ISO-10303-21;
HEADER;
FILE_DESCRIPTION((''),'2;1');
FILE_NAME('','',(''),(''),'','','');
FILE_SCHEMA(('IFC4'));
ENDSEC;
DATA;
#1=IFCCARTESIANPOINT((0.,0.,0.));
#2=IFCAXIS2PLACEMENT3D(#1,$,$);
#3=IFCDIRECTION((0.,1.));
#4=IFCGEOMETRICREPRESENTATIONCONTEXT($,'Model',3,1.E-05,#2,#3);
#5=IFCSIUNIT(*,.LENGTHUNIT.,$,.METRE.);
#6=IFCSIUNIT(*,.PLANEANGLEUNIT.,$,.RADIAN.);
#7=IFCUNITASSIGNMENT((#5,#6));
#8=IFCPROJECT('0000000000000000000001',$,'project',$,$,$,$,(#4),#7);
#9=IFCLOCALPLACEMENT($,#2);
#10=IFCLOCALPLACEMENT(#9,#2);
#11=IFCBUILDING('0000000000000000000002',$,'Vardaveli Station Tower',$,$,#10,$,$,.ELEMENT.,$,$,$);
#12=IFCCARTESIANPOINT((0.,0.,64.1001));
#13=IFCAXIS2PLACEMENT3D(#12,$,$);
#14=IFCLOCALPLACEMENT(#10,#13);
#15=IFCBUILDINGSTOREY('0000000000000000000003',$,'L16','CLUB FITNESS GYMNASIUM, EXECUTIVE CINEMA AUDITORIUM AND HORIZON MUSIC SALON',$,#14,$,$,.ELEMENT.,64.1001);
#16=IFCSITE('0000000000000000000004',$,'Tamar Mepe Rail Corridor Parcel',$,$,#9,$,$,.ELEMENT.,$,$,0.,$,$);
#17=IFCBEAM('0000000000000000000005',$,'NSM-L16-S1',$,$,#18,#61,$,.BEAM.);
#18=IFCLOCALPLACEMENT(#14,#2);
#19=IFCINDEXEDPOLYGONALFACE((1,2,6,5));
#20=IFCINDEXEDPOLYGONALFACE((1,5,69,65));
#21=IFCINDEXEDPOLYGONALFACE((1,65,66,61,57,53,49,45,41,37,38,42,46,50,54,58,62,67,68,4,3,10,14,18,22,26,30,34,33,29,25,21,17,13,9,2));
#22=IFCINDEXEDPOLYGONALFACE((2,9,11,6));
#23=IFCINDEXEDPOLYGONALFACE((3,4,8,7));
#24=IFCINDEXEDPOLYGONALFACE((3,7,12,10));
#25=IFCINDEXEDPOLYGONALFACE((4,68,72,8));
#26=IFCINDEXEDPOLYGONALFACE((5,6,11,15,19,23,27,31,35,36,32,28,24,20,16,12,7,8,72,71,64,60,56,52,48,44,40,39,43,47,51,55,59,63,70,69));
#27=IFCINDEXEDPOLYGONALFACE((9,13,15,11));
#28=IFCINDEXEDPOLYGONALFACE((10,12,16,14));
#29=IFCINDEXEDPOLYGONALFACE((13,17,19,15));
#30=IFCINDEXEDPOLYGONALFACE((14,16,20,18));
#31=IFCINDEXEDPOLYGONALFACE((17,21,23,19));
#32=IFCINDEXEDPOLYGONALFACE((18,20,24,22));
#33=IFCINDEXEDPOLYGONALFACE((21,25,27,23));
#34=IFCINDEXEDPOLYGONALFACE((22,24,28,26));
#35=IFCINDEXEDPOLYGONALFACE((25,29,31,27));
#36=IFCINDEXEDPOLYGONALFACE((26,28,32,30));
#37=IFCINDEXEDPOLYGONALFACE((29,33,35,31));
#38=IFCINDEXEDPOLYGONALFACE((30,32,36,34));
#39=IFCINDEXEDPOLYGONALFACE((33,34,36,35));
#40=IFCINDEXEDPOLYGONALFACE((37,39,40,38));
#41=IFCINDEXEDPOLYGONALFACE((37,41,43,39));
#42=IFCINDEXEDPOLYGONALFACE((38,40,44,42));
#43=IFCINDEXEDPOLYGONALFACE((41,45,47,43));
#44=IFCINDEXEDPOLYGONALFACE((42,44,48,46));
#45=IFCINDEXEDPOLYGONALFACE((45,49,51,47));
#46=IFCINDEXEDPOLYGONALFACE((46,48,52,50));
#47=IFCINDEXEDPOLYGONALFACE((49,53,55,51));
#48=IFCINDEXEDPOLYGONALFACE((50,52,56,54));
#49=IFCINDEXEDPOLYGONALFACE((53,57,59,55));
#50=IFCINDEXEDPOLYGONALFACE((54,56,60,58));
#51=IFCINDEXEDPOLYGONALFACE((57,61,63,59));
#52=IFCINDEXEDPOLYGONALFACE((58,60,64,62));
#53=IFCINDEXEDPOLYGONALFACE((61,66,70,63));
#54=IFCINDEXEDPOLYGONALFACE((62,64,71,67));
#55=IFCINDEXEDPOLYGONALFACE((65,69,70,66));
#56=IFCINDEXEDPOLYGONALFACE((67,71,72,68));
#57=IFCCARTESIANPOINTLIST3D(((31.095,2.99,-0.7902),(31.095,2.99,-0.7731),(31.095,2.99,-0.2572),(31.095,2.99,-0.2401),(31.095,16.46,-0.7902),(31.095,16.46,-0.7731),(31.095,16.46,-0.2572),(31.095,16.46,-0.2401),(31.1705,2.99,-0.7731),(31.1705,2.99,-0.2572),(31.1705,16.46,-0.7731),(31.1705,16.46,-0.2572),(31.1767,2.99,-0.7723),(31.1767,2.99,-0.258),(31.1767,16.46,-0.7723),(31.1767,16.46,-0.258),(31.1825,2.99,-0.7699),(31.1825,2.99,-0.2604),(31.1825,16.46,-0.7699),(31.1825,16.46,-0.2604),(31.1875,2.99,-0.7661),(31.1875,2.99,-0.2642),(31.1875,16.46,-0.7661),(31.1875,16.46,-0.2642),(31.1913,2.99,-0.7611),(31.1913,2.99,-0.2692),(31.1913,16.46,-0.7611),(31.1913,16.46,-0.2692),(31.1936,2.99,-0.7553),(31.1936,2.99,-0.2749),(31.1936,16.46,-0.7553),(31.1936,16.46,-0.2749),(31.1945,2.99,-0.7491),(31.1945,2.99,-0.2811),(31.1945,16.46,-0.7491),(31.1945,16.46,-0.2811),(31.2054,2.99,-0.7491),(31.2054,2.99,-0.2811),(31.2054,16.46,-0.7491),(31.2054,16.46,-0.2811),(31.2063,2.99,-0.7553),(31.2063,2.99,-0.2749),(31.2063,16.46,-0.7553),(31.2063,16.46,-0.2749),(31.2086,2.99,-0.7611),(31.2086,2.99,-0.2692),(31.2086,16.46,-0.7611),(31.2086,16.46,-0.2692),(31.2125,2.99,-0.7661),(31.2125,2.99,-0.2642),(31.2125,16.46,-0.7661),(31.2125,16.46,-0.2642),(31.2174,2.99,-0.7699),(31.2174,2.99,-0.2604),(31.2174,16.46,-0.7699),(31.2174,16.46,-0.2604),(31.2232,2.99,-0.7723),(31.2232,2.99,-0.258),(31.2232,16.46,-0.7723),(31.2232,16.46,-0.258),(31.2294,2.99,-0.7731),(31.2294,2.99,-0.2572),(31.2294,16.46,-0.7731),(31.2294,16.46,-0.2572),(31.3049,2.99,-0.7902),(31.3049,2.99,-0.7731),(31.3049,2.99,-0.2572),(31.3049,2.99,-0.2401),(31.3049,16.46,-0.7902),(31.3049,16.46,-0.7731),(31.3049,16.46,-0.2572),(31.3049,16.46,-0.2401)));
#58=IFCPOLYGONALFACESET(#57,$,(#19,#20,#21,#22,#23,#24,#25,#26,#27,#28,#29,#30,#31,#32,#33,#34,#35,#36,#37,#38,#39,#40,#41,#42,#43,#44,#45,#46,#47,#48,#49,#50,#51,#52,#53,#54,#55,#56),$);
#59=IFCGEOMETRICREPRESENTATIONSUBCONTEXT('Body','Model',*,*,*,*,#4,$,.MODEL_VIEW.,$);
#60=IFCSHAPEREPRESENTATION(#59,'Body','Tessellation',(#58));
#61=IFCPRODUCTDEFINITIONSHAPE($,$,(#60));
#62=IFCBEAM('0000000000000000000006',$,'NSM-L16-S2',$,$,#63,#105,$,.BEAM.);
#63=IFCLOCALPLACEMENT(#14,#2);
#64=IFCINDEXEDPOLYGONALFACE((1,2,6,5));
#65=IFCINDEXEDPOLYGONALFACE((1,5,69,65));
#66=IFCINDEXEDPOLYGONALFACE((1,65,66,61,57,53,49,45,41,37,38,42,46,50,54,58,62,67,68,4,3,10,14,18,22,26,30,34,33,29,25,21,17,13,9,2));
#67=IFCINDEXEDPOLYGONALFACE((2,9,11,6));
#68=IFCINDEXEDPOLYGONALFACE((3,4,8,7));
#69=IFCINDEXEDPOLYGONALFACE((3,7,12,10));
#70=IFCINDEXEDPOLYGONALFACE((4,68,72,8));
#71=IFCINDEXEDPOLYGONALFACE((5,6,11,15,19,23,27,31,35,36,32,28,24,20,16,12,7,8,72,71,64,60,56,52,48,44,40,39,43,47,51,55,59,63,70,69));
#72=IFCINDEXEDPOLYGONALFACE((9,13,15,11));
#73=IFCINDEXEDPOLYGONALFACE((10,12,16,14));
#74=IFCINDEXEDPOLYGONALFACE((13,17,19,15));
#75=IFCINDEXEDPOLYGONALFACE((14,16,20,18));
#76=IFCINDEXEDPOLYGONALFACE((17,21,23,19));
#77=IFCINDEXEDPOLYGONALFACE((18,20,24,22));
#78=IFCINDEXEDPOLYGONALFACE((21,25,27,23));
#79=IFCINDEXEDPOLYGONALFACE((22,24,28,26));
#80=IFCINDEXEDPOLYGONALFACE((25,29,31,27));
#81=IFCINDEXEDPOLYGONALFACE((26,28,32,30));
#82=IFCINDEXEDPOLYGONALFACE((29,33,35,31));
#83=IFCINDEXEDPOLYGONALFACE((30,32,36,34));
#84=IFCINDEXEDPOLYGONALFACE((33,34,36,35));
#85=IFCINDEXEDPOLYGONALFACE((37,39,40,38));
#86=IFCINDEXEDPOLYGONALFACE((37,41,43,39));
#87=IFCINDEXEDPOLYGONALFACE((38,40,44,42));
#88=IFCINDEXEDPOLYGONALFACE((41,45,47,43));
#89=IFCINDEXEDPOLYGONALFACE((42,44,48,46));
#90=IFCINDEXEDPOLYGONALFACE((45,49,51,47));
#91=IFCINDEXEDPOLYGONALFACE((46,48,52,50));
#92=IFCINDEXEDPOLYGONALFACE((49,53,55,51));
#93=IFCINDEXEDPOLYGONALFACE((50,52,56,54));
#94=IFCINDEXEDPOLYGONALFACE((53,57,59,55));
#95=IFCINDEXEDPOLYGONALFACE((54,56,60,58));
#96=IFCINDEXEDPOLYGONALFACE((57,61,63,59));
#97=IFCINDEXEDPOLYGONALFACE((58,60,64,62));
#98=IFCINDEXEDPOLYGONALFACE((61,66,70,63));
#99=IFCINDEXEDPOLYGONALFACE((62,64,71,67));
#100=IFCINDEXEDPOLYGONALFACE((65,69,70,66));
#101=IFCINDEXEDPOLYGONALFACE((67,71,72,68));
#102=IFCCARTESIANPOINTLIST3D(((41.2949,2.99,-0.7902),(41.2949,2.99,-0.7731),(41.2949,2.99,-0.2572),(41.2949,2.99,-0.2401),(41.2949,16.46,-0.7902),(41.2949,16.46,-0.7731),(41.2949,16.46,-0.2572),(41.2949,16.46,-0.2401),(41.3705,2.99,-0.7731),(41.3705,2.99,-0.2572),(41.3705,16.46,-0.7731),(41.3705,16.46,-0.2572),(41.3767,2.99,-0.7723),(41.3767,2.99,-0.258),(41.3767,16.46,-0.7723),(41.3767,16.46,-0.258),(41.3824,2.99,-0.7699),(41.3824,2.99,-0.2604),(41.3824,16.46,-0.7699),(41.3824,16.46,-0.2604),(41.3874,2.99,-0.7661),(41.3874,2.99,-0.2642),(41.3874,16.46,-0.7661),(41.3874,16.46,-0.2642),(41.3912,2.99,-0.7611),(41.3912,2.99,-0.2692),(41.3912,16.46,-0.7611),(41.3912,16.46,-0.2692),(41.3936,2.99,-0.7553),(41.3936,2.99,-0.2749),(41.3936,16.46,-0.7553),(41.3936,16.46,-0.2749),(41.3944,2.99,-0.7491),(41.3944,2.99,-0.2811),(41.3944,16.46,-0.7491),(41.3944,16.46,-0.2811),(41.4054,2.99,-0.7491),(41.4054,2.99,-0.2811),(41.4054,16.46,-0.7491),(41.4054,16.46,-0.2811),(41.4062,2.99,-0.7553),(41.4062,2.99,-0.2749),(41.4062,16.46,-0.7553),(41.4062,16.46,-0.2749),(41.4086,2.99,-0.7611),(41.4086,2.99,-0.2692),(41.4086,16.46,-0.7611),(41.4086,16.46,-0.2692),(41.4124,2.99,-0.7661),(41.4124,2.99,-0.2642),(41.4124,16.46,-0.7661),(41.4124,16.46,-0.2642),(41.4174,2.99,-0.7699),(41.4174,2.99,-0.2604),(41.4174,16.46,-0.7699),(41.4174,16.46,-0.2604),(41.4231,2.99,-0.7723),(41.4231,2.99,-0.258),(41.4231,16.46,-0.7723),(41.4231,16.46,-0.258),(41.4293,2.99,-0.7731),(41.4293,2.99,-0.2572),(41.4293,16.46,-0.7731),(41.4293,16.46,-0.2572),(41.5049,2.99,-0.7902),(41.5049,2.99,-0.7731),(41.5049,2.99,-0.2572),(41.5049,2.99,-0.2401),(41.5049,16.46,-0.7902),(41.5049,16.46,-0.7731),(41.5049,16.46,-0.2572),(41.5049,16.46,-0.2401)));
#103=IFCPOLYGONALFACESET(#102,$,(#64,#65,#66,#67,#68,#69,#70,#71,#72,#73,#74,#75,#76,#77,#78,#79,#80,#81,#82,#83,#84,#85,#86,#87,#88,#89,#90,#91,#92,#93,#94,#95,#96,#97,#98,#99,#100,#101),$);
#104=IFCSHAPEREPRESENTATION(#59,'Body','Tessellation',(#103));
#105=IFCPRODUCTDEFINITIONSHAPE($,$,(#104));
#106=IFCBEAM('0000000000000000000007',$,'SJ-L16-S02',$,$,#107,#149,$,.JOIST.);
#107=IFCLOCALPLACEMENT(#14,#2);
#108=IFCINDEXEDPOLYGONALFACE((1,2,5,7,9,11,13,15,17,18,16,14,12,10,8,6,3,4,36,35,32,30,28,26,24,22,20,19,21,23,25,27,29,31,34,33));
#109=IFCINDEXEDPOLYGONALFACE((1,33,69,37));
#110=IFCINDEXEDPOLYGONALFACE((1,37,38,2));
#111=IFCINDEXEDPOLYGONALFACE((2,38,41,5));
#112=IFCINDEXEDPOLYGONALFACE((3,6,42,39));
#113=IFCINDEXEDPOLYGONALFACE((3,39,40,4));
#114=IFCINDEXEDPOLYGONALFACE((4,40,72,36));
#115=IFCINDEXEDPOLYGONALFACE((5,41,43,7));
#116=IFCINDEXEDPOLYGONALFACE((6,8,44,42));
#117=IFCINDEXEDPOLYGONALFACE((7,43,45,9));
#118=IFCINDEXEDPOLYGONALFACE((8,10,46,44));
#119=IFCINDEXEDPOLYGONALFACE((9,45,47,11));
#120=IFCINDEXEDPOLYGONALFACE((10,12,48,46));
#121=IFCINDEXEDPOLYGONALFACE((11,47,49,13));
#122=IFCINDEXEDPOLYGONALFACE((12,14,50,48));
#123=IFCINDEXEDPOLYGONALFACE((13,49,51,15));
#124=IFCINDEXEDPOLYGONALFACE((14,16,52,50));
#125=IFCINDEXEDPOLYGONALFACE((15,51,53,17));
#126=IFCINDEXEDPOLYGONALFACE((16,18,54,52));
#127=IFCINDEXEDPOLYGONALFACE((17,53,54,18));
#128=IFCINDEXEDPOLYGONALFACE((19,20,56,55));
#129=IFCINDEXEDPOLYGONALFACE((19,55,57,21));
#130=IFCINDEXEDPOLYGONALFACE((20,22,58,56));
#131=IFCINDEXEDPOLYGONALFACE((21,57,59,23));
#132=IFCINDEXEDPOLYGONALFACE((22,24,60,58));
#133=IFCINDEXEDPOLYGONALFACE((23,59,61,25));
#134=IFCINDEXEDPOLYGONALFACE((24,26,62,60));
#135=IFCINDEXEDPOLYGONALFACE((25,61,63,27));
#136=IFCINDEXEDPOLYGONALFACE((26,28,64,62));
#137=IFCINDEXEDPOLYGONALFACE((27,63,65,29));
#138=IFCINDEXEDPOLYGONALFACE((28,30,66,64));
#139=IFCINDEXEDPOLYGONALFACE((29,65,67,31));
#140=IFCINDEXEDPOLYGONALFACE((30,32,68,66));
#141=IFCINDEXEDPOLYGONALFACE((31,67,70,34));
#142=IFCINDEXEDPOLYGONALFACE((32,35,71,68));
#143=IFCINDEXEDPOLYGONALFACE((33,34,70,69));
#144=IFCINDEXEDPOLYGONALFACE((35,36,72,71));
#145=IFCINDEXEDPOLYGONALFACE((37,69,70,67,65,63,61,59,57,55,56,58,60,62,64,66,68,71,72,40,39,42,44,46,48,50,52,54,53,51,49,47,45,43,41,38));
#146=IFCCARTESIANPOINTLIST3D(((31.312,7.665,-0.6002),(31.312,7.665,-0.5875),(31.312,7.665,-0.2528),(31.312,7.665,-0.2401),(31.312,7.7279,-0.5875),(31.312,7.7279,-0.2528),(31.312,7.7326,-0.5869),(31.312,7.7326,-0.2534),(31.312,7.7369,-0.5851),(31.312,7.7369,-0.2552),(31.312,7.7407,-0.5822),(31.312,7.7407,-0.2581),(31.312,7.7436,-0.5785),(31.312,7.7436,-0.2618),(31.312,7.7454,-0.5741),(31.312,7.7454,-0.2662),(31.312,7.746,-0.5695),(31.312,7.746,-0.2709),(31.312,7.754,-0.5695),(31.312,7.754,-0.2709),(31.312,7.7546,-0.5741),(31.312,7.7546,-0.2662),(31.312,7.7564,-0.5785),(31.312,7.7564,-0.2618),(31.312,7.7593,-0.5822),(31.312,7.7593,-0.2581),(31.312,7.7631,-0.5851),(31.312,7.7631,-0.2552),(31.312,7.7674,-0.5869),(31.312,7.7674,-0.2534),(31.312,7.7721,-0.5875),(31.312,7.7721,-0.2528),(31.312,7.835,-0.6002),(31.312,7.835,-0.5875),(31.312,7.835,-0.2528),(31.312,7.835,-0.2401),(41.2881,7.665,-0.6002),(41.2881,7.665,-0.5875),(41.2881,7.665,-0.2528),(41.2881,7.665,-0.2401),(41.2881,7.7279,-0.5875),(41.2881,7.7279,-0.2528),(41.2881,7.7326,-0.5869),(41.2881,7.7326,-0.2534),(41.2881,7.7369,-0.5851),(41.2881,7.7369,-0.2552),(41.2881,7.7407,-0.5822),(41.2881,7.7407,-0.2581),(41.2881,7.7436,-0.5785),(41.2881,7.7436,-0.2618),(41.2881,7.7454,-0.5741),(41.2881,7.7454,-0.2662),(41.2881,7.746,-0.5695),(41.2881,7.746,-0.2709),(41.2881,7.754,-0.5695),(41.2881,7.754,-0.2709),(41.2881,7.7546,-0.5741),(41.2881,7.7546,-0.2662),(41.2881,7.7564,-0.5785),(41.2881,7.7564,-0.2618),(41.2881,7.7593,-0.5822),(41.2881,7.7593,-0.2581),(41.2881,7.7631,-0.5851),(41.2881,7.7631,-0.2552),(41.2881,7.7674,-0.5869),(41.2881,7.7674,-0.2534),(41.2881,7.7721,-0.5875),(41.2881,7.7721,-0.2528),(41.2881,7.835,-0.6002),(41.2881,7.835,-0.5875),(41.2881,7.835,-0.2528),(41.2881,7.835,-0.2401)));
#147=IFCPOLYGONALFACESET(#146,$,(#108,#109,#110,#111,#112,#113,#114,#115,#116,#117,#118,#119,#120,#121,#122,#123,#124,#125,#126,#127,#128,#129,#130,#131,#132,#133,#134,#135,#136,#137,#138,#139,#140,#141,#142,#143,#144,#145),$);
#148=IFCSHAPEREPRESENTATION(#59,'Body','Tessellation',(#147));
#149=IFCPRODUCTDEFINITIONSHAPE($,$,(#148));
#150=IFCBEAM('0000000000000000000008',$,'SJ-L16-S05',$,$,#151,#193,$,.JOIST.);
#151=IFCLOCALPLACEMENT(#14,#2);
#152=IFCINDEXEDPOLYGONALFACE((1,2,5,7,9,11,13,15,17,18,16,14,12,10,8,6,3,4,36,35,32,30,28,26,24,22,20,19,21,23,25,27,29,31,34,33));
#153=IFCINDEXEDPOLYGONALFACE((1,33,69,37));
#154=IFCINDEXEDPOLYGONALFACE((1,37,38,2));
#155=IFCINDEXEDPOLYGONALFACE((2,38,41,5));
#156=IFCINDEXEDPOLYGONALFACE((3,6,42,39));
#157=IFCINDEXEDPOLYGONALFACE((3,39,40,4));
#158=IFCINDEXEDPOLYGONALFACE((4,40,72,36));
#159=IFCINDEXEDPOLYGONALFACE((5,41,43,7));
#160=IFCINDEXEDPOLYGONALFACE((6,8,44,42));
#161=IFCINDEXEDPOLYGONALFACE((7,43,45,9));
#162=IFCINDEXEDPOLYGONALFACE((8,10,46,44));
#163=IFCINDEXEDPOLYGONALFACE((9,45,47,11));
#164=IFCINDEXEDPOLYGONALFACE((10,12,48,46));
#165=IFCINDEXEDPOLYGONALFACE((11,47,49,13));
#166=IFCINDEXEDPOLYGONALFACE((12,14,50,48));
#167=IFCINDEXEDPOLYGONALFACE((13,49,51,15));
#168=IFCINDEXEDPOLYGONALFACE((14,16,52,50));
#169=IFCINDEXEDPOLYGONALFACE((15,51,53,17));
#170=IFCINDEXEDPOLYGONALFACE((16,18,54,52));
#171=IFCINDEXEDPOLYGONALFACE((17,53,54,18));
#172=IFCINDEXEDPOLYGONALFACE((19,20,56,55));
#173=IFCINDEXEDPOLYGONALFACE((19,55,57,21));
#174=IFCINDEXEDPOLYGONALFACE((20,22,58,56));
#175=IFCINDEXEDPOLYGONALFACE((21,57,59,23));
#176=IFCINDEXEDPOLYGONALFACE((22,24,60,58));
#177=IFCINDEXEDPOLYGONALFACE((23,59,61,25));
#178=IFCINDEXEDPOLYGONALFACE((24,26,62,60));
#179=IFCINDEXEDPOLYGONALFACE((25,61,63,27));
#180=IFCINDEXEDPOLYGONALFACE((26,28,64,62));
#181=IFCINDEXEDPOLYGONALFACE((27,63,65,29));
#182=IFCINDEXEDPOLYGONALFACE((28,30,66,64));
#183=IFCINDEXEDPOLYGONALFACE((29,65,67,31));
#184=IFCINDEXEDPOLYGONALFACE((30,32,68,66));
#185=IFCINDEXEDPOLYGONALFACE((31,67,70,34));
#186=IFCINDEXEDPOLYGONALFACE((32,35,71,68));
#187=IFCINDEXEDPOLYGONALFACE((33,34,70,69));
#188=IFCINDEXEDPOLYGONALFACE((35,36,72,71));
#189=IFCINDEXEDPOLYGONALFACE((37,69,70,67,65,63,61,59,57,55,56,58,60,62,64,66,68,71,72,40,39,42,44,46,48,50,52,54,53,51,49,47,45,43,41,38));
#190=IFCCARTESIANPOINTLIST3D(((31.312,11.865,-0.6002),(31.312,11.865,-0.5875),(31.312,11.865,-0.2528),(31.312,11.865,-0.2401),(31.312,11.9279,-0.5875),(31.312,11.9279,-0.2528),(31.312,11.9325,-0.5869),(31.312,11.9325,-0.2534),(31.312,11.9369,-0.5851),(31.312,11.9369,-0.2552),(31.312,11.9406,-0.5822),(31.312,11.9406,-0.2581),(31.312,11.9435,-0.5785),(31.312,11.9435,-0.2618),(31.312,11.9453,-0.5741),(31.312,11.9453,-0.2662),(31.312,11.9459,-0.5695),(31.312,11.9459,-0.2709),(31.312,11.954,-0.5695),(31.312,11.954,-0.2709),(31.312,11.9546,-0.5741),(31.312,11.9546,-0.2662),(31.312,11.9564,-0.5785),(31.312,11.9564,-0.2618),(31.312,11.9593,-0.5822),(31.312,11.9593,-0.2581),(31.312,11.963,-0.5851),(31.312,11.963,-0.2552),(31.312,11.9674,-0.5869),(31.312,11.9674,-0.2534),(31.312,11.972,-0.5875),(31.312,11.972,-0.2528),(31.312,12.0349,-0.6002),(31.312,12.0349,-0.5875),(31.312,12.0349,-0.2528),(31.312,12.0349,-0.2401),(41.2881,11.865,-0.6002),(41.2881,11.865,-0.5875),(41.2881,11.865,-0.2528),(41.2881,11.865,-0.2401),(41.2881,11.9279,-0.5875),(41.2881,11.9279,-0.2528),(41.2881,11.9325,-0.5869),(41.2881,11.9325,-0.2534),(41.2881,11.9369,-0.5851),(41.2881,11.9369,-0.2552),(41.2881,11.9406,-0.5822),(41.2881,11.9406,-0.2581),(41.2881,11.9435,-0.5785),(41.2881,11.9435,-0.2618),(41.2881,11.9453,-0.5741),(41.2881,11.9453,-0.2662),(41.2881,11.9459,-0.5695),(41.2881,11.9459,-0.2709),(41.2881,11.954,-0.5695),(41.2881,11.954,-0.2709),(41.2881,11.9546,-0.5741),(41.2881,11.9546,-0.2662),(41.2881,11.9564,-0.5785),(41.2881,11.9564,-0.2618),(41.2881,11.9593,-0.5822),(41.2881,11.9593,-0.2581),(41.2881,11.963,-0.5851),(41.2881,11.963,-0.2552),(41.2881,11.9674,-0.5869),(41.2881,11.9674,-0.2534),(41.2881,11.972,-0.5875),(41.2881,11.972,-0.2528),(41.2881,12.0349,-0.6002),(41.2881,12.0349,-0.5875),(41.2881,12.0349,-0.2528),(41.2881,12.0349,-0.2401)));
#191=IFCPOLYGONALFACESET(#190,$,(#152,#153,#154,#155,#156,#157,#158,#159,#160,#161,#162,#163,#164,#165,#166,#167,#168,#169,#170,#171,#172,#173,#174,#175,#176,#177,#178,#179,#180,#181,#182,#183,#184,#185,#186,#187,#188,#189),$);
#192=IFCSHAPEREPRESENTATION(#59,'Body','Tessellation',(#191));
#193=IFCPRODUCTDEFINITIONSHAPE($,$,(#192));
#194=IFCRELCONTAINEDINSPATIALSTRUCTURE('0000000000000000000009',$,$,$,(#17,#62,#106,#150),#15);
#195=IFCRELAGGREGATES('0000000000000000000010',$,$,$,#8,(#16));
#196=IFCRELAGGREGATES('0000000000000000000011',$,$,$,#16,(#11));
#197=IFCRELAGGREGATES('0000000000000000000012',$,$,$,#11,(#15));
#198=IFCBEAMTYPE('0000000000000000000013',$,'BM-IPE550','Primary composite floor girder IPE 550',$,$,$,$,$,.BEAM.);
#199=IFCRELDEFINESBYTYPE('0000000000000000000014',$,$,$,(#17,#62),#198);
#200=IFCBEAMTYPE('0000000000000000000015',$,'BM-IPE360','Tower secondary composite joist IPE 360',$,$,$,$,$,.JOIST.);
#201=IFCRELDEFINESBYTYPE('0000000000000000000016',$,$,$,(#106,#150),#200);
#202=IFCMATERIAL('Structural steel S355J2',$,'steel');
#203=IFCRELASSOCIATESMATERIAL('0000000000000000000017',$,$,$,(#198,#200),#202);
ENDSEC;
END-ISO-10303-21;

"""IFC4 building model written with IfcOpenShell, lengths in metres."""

from ifc_helpers import new_model, si_unit, direction, frame, origin, origin_2d, place, context, subcontext, project, spatial, i_section, extrude, source, transform, mapped, material, material_profile, profile_set, type_object, element, save


model = new_model("IFC4")

# Units and contexts
model_context = context("Model", 3, precision=1e-05, world=origin(), true_north=direction((0.0, 1.0)))
body_context = subcontext(model_context, "Body", "Model", "MODEL_VIEW")
ifc_project = project(units=[si_unit("LENGTHUNIT", "METRE"), si_unit("PLANEANGLEUNIT", "RADIAN")], contexts=[model_context])

# Site, building, storey
site_placement = place(None, origin())
site = spatial("IfcSite", under=ifc_project, at=site_placement, Name="Tamar Mepe Rail Corridor Parcel", CompositionType="ELEMENT", RefElevation=0.0)
building_placement = place(site_placement, origin())
building = spatial("IfcBuilding", under=site, at=building_placement, Name="Vardaveli Station Tower", CompositionType="ELEMENT")
storey_placement = place(building_placement, frame((0.0, 0.0, 64.1001)))
storey = spatial("IfcBuildingStorey", under=building, at=storey_placement, Name="L16", Description="CLUB FITNESS GYMNASIUM, EXECUTIVE CINEMA AUDITORIUM AND HORIZON MUSIC SALON", CompositionType="ELEMENT", Elevation=64.1001)

# Beams
ifc_material_1 = material(Name="Structural steel S355J2", Category="steel")
ifc_material_profile_1 = material_profile(ifc_material_1, i_section(OverallWidth=0.21, OverallDepth=0.55, WebThickness=0.011, FlangeThickness=0.0171, FilletRadius=0.0239, at=origin_2d()), Name="IPE 550")
ifc_profile_set_1 = profile_set([ifc_material_profile_1], Name="Structural steel S355J2")
beam_type_1 = type_object("IfcBeamType", Name="BM-IPE550", Description="Primary composite floor girder IPE 550", PredefinedType="BEAM", material=ifc_profile_set_1)
shared_shape_1 = source(origin(), body_context, "Body", "SweptSolid", [
    extrude(i_section(OverallWidth=0.21, OverallDepth=0.55, WebThickness=0.011, FlangeThickness=0.0171, FilletRadius=0.0239, at=origin_2d()), origin(), (0.0, 0.0, 1.0), 13.47),
])
for number, where, z_axis, x_axis, name in (
    (1, (31.2, 2.99, -0.5151), (0.0, 1.0, 0.0), (-1.0, 0.0, 0.0), "NSM-L16-S1"),
    (2, (41.3999, 2.99, -0.5151), (0.0, 1.0, 0.0), (-1.0, 0.0, 0.0), "NSM-L16-S2"),
):
    element("IfcBeam", number, at=place(storey_placement, frame(where, z_axis=z_axis, x_axis=x_axis)), inside=storey, type_object=beam_type_1, Name=name, PredefinedType="BEAM", context=body_context, shape_type="MappedRepresentation", body=[
        mapped(shared_shape_1, transform((0.0, 0.0, 0.0), scale=1.0)),
    ])
ifc_material_profile_2 = material_profile(ifc_material_1, i_section(OverallWidth=0.1699, OverallDepth=0.3601, WebThickness=0.0081, FlangeThickness=0.0127, FilletRadius=0.0181, at=origin_2d()), Name="IPE 360")
ifc_profile_set_2 = profile_set([ifc_material_profile_2], Name="Structural steel S355J2")
beam_type_2 = type_object("IfcBeamType", Name="BM-IPE360", Description="Tower secondary composite joist IPE 360", PredefinedType="JOIST", material=ifc_profile_set_2)
shared_shape_2 = source(origin(), body_context, "Body", "SweptSolid", [
    extrude(i_section(OverallWidth=0.1699, OverallDepth=0.3601, WebThickness=0.0081, FlangeThickness=0.0127, FilletRadius=0.0181, at=origin_2d()), origin(), (0.0, 0.0, 1.0), 9.9761),
])
for number, where, z_axis, x_axis, name in (
    (3, (31.312, 7.75, -0.4202), (1.0, 0.0, 0.0), (0.0, 1.0, 0.0), "SJ-L16-S02"),
    (4, (31.312, 11.95, -0.4202), (1.0, 0.0, 0.0), (0.0, 1.0, 0.0), "SJ-L16-S05"),
):
    element("IfcBeam", number, at=place(storey_placement, frame(where, z_axis=z_axis, x_axis=x_axis)), inside=storey, type_object=beam_type_2, Name=name, PredefinedType="JOIST", context=body_context, shape_type="MappedRepresentation", body=[
        mapped(shared_shape_2, transform((0.0, 0.0, 0.0), scale=1.0)),
    ])

save(model, "model.ifc")
